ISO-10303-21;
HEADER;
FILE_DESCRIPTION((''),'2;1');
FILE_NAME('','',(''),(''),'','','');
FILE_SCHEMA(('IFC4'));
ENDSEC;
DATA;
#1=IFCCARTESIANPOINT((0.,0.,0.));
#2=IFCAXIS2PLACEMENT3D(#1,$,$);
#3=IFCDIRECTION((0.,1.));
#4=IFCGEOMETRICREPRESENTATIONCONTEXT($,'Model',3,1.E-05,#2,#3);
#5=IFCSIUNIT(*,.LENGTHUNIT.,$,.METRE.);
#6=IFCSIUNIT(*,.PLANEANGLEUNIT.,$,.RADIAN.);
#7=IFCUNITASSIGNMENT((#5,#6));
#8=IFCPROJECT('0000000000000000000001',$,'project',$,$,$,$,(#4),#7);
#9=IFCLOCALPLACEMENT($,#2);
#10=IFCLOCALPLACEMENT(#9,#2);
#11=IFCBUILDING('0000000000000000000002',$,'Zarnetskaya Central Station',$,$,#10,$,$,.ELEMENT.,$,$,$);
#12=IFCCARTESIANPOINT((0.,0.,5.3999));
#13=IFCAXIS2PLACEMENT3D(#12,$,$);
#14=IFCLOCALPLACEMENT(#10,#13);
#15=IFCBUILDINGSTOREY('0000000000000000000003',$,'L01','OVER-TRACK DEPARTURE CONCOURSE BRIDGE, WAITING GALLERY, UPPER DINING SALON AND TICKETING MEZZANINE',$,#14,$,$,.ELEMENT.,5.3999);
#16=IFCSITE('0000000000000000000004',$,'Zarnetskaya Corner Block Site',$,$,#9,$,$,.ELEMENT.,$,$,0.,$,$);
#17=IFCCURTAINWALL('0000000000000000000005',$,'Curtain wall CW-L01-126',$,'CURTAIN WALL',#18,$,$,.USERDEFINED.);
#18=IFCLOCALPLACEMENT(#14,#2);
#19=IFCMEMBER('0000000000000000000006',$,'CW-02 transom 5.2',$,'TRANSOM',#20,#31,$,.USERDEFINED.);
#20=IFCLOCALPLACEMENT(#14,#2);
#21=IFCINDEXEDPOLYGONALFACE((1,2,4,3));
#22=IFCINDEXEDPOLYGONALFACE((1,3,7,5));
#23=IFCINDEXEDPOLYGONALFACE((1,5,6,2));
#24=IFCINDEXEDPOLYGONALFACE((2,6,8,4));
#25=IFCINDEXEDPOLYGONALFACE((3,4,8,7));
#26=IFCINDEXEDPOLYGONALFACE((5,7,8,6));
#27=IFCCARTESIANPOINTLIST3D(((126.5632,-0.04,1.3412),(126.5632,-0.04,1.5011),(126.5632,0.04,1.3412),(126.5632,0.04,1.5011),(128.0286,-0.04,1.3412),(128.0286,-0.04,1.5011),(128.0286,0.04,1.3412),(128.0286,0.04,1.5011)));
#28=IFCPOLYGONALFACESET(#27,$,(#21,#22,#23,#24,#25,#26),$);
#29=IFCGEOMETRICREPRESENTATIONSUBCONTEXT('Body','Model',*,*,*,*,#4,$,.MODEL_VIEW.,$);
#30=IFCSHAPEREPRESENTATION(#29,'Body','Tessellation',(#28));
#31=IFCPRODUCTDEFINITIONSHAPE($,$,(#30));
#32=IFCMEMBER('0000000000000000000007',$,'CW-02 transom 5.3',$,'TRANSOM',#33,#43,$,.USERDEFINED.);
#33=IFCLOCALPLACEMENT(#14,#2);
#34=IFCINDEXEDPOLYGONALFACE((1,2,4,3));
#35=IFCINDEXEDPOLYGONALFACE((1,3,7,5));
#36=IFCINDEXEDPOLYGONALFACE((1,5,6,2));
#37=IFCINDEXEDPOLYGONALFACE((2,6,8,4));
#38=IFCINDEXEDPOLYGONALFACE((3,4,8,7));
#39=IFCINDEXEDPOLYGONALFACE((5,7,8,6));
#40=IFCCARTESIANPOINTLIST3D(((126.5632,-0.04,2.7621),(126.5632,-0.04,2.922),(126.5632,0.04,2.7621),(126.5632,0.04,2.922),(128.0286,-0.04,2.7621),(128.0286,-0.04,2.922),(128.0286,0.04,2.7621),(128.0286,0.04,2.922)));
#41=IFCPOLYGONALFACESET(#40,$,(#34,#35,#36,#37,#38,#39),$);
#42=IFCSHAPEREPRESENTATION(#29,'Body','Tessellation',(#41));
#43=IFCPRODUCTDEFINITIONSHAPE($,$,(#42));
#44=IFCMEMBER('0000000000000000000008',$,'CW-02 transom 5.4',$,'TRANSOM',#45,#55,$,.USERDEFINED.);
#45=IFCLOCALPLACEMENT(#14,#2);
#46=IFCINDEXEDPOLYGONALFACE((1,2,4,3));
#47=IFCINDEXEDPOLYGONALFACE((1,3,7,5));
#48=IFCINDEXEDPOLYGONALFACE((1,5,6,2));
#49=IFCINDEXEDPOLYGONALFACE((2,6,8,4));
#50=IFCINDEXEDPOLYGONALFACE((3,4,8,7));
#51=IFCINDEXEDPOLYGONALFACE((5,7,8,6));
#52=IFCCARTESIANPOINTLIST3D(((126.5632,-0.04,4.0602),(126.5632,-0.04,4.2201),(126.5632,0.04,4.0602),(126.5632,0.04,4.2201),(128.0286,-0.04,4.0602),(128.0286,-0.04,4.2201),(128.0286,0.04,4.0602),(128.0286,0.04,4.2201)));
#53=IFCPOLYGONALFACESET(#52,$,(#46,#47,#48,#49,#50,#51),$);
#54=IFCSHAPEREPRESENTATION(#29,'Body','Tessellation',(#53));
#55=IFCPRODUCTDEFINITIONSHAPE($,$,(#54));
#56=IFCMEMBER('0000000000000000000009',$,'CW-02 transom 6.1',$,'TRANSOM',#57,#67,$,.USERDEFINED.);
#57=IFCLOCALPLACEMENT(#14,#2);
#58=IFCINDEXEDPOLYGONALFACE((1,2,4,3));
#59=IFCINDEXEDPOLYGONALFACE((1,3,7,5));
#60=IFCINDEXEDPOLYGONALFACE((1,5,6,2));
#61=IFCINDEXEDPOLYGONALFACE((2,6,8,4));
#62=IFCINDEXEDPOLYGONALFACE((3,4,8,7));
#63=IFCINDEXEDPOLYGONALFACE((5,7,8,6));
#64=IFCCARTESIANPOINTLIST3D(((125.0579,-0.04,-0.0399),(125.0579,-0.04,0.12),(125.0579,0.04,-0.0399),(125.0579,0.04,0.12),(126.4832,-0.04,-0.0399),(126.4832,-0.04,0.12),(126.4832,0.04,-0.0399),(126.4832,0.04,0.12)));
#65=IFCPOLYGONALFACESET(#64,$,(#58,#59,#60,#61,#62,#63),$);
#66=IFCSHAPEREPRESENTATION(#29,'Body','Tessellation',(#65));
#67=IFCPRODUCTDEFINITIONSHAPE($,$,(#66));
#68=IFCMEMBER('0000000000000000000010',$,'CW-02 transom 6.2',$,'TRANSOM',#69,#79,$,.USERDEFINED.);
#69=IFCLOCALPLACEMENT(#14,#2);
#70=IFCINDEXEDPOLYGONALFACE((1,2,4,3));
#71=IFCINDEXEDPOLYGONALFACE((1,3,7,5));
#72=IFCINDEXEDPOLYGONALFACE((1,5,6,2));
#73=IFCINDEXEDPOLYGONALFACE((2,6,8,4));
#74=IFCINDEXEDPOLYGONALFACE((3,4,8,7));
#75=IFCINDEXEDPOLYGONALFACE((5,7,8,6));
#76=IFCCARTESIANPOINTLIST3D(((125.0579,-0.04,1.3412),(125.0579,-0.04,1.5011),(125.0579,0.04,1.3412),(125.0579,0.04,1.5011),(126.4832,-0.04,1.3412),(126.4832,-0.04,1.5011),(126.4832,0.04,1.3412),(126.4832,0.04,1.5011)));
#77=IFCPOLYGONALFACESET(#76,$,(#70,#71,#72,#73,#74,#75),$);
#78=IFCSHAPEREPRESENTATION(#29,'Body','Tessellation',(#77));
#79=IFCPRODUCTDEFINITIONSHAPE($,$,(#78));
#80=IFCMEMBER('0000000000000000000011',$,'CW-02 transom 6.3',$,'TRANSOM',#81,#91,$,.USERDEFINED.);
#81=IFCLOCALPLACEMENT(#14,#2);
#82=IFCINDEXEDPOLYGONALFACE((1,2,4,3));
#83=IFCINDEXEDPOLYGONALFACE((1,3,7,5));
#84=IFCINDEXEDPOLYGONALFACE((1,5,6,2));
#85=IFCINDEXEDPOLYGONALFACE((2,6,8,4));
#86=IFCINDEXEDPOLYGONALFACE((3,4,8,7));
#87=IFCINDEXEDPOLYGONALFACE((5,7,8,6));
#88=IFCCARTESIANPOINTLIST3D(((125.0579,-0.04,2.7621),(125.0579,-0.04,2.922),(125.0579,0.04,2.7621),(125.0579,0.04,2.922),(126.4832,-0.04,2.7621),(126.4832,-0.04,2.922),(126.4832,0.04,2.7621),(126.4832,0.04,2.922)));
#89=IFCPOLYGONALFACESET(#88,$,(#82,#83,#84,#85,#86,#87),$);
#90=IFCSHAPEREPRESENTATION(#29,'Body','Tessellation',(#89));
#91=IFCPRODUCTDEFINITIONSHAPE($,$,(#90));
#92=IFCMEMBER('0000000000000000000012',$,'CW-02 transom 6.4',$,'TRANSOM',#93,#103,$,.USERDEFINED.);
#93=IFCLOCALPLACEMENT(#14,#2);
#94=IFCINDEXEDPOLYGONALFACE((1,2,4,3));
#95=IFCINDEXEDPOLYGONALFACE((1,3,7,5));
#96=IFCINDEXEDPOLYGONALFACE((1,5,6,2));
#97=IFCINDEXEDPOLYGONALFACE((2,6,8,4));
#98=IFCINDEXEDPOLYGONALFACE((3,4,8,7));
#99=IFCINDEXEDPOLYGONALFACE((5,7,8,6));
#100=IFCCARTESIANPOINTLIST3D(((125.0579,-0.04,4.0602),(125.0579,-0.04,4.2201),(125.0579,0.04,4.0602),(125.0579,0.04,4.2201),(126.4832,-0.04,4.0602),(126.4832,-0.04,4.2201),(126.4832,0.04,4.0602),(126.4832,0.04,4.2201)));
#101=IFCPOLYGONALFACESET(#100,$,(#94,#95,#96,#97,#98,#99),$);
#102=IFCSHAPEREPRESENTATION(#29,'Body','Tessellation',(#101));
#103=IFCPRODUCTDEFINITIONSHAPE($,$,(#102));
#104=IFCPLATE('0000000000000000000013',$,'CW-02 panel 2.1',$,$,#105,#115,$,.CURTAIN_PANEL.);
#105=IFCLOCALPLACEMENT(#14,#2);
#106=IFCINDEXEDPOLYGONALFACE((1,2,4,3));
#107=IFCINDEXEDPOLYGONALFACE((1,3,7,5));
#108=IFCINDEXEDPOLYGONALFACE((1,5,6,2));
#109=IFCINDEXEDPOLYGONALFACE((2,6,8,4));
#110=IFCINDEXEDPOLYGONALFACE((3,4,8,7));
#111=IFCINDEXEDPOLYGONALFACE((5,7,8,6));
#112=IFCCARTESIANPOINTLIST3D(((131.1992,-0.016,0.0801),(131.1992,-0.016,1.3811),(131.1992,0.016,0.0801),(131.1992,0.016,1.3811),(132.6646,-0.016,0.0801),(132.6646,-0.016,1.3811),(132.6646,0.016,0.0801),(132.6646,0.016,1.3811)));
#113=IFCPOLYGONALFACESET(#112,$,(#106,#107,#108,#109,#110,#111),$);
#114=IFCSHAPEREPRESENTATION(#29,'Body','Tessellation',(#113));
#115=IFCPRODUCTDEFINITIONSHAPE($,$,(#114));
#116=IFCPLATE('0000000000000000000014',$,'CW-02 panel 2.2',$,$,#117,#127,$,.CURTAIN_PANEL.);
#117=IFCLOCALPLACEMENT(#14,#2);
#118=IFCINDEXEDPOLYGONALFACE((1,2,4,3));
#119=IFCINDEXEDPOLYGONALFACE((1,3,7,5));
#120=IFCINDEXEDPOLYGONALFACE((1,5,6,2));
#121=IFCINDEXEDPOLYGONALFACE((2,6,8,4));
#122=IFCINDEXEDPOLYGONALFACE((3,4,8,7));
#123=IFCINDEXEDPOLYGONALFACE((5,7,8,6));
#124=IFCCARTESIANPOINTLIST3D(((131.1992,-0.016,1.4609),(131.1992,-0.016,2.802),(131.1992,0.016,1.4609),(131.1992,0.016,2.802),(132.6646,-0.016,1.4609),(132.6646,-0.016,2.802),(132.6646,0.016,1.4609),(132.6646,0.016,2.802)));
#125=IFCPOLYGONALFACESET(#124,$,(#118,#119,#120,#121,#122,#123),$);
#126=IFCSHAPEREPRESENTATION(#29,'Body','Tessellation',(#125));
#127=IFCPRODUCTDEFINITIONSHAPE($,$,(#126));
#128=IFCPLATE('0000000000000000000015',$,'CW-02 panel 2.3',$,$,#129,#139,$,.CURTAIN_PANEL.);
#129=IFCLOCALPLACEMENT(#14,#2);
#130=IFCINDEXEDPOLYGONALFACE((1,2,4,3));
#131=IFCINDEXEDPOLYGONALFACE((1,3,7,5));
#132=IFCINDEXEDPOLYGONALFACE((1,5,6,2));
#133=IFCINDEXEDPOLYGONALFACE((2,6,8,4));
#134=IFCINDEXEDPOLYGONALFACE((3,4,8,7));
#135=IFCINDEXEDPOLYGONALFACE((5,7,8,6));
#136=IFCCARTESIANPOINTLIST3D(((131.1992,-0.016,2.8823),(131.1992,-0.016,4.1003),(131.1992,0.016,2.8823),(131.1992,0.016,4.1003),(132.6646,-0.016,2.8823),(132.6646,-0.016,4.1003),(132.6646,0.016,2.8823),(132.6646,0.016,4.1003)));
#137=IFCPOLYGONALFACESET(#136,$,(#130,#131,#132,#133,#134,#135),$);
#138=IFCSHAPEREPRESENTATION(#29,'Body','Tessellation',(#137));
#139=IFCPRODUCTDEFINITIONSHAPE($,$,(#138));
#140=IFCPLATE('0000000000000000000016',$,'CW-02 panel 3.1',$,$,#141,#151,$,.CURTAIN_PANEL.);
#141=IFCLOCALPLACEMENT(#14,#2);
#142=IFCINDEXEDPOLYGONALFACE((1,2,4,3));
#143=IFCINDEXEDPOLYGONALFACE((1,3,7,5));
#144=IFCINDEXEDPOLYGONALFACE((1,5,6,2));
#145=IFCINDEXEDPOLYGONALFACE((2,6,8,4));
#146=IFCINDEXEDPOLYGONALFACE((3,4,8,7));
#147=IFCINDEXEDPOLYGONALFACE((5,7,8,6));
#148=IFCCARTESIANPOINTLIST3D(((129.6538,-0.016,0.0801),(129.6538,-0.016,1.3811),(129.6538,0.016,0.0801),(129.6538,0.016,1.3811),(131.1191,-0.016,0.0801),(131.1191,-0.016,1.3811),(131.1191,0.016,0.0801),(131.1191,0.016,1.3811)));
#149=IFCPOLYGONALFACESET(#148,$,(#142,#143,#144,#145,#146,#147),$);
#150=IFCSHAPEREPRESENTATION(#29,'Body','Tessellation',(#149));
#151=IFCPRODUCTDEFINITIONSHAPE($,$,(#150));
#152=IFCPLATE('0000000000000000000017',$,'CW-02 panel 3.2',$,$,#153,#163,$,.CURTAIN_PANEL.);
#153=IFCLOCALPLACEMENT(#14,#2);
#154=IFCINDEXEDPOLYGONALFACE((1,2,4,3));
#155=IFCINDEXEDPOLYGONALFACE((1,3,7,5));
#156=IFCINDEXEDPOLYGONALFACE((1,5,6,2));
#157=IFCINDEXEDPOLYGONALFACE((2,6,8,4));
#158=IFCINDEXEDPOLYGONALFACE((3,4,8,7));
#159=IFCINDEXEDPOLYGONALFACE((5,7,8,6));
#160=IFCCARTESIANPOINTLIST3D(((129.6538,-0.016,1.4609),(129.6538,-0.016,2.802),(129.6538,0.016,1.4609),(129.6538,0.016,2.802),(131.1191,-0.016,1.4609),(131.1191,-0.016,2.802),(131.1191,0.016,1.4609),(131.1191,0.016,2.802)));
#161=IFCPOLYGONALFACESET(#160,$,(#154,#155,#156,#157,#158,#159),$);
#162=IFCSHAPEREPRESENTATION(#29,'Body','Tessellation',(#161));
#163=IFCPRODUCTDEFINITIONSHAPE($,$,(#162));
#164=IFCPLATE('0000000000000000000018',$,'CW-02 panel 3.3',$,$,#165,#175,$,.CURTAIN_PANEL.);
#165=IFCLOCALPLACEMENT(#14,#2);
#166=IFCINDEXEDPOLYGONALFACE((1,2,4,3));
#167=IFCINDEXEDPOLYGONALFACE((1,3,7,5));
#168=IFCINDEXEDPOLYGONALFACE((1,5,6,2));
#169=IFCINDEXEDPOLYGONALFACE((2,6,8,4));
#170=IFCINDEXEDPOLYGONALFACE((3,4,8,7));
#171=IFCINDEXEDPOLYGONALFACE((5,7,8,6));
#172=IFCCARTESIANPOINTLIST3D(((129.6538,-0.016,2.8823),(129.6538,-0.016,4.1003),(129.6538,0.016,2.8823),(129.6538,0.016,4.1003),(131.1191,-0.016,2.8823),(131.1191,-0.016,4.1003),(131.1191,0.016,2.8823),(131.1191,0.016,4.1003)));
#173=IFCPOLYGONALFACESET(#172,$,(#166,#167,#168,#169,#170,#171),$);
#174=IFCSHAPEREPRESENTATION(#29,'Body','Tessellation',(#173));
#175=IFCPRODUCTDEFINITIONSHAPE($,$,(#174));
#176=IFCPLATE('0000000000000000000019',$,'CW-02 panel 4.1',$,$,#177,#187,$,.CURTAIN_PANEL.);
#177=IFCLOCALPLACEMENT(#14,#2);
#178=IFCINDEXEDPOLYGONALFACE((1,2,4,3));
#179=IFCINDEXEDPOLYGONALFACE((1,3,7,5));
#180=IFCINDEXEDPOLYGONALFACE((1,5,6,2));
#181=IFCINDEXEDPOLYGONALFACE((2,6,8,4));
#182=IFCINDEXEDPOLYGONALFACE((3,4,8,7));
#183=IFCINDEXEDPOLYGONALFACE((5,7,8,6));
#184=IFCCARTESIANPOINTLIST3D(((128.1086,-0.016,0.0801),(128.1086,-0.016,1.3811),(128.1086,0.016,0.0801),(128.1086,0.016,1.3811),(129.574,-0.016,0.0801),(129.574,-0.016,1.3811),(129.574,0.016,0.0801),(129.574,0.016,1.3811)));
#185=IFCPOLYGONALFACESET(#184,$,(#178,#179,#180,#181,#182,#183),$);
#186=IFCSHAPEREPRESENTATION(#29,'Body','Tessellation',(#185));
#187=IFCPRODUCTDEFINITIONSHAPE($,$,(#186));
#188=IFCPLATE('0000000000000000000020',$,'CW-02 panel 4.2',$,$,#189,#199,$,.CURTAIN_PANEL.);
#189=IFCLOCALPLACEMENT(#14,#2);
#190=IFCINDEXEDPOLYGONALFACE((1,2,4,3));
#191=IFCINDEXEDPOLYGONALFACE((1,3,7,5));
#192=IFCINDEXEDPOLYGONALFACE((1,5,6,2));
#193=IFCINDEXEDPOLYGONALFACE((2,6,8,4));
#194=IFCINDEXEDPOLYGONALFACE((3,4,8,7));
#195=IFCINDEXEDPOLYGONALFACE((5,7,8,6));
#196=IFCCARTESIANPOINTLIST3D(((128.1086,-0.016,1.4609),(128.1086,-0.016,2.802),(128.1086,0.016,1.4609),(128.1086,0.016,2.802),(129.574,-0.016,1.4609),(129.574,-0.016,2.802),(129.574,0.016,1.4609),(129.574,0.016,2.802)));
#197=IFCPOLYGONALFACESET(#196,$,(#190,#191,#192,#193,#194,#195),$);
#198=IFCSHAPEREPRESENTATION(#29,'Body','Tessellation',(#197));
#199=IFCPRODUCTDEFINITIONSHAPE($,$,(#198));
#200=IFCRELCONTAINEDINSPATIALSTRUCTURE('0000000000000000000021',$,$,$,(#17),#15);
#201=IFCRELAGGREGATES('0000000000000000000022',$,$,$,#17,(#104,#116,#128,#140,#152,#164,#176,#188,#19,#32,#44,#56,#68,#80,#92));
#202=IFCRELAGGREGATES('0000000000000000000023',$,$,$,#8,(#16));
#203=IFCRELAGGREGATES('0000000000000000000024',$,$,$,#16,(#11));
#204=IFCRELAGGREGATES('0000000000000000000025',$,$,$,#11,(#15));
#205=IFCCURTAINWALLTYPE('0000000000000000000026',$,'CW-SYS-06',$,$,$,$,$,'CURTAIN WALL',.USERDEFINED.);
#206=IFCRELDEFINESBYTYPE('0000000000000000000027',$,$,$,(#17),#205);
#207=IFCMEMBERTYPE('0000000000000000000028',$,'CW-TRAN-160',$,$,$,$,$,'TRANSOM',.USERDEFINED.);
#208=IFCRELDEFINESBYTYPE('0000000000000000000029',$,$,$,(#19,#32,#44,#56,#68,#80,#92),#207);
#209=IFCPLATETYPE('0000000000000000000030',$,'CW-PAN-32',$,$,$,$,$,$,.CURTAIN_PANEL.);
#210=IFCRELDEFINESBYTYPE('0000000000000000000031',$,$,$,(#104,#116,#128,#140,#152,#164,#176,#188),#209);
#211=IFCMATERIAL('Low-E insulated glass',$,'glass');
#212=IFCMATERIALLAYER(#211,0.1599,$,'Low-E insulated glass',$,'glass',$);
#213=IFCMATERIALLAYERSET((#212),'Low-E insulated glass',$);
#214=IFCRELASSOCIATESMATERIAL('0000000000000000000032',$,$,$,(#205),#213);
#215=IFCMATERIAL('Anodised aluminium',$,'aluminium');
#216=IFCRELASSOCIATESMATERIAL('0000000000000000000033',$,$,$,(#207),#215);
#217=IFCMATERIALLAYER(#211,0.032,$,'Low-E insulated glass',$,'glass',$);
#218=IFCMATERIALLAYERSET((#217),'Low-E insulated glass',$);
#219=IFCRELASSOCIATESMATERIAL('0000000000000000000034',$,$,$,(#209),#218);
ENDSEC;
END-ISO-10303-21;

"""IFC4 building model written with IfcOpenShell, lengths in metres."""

from ifc_helpers import new_model, si_unit, direction, frame, origin, origin_2d, place, context, subcontext, project, spatial, rectangle, extrude, material, layer, layer_set, material_profile, profile_set, type_object, element, aggregate, save


model = new_model("IFC4")

# Units and contexts
model_context = context("Model", 3, precision=1e-05, world=origin(), true_north=direction((0.0, 1.0)))
body_context = subcontext(model_context, "Body", "Model", "MODEL_VIEW")
ifc_project = project(units=[si_unit("LENGTHUNIT", "METRE"), si_unit("PLANEANGLEUNIT", "RADIAN")], contexts=[model_context])

# Site, building, storey
site_placement = place(None, origin())
site = spatial("IfcSite", under=ifc_project, at=site_placement, Name="Zarnetskaya Corner Block Site", CompositionType="ELEMENT", RefElevation=0.0)
building_placement = place(site_placement, origin())
building = spatial("IfcBuilding", under=site, at=building_placement, Name="Zarnetskaya Central Station", CompositionType="ELEMENT")
storey_placement = place(building_placement, frame((0.0, 0.0, 5.3999)))
storey = spatial("IfcBuildingStorey", under=building, at=storey_placement, Name="L01", Description="OVER-TRACK DEPARTURE CONCOURSE BRIDGE, WAITING GALLERY, UPPER DINING SALON AND TICKETING MEZZANINE", CompositionType="ELEMENT", Elevation=5.3999)

# Curtain wall, members, plates
ifc_material_1 = material(Name="Low-E insulated glass", Category="glass")
ifc_layer_1 = layer(ifc_material_1, 0.1599, Name="Low-E insulated glass", Category="glass")
ifc_layer_set_1 = layer_set([ifc_layer_1], Name="Low-E insulated glass")
curtain_wall_type = type_object("IfcCurtainWallType", Name="CW-SYS-06", ElementType="CURTAIN WALL", PredefinedType="USERDEFINED", material=ifc_layer_set_1)
curtain_wall_placement = place(storey_placement, origin())
curtain_wall = element("IfcCurtainWall", 1, at=curtain_wall_placement, inside=storey, type_object=curtain_wall_type, Name="Curtain wall CW-L01-126", ObjectType="CURTAIN WALL", PredefinedType="USERDEFINED")
ifc_material_2 = material(Name="Anodised aluminium", Category="aluminium")
ifc_material_profile_1 = material_profile(ifc_material_2, rectangle(XDim=0.0801, YDim=0.1599, at=origin_2d()), Name="ALU TRAN 80x160")
ifc_profile_set_1 = profile_set([ifc_material_profile_1], Name="Anodised aluminium")
member_type_1 = type_object("IfcMemberType", Name="CW-TRAN-160", ElementType="TRANSOM", PredefinedType="USERDEFINED", material=ifc_profile_set_1)
member_1_placement = place(storey_placement, frame((128.0286, 0.0, 1.4211), z_axis=(-1.0, 0.0, 0.0), x_axis=(0.0, -1.0, 0.0)))
member_1 = element("IfcMember", 2, at=member_1_placement, type_object=member_type_1, Name="CW-02 transom 5.2", ObjectType="TRANSOM", PredefinedType="USERDEFINED", context=body_context, shape_type="SweptSolid", body=[
    extrude(rectangle(XDim=0.0801, YDim=0.1599, at=origin_2d()), origin(), (0.0, 0.0, 1.0), 1.4653),
])
member_2_placement = place(storey_placement, frame((128.0286, 0.0, 2.842), z_axis=(-1.0, 0.0, 0.0), x_axis=(0.0, -1.0, 0.0)))
member_2 = element("IfcMember", 3, at=member_2_placement, type_object=member_type_1, Name="CW-02 transom 5.3", ObjectType="TRANSOM", PredefinedType="USERDEFINED", context=body_context, shape_type="SweptSolid", body=[
    extrude(rectangle(XDim=0.0801, YDim=0.1599, at=origin_2d()), origin(), (0.0, 0.0, 1.0), 1.4653),
])
member_3_placement = place(storey_placement, frame((128.0286, 0.0, 4.1401), z_axis=(-1.0, 0.0, 0.0), x_axis=(0.0, -1.0, 0.0)))
member_3 = element("IfcMember", 4, at=member_3_placement, type_object=member_type_1, Name="CW-02 transom 5.4", ObjectType="TRANSOM", PredefinedType="USERDEFINED", context=body_context, shape_type="SweptSolid", body=[
    extrude(rectangle(XDim=0.0801, YDim=0.1599, at=origin_2d()), origin(), (0.0, 0.0, 1.0), 1.4653),
])
member_4_placement = place(storey_placement, frame((126.4832, 0.0, 0.04), z_axis=(-1.0, 0.0, 0.0), x_axis=(0.0, -1.0, 0.0)))
member_4 = element("IfcMember", 5, at=member_4_placement, type_object=member_type_1, Name="CW-02 transom 6.1", ObjectType="TRANSOM", PredefinedType="USERDEFINED", context=body_context, shape_type="SweptSolid", body=[
    extrude(rectangle(XDim=0.0801, YDim=0.1599, at=origin_2d()), origin(), (0.0, 0.0, 1.0), 1.4253),
])
member_5_placement = place(storey_placement, frame((126.4832, 0.0, 1.4211), z_axis=(-1.0, 0.0, 0.0), x_axis=(0.0, -1.0, 0.0)))
member_5 = element("IfcMember", 6, at=member_5_placement, type_object=member_type_1, Name="CW-02 transom 6.2", ObjectType="TRANSOM", PredefinedType="USERDEFINED", context=body_context, shape_type="SweptSolid", body=[
    extrude(rectangle(XDim=0.0801, YDim=0.1599, at=origin_2d()), origin(), (0.0, 0.0, 1.0), 1.4253),
])
member_6_placement = place(storey_placement, frame((126.4832, 0.0, 2.842), z_axis=(-1.0, 0.0, 0.0), x_axis=(0.0, -1.0, 0.0)))
member_6 = element("IfcMember", 7, at=member_6_placement, type_object=member_type_1, Name="CW-02 transom 6.3", ObjectType="TRANSOM", PredefinedType="USERDEFINED", context=body_context, shape_type="SweptSolid", body=[
    extrude(rectangle(XDim=0.0801, YDim=0.1599, at=origin_2d()), origin(), (0.0, 0.0, 1.0), 1.4253),
])
member_7_placement = place(storey_placement, frame((126.4832, 0.0, 4.1401), z_axis=(-1.0, 0.0, 0.0), x_axis=(0.0, -1.0, 0.0)))
member_7 = element("IfcMember", 8, at=member_7_placement, type_object=member_type_1, Name="CW-02 transom 6.4", ObjectType="TRANSOM", PredefinedType="USERDEFINED", context=body_context, shape_type="SweptSolid", body=[
    extrude(rectangle(XDim=0.0801, YDim=0.1599, at=origin_2d()), origin(), (0.0, 0.0, 1.0), 1.4253),
])
ifc_layer_2 = layer(ifc_material_1, 0.032, Name="Low-E insulated glass", Category="glass")
ifc_layer_set_2 = layer_set([ifc_layer_2], Name="Low-E insulated glass")
plate_type = type_object("IfcPlateType", Name="CW-PAN-32", PredefinedType="CURTAIN_PANEL", material=ifc_layer_set_2)
plate_1_placement = place(storey_placement, frame((131.9319, 0.0, 0.0801), z_axis=(0.0, 0.0, 1.0), x_axis=(-1.0, 0.0, 0.0)))
plate_1 = element("IfcPlate", 9, at=plate_1_placement, type_object=plate_type, Name="CW-02 panel 2.1", PredefinedType="CURTAIN_PANEL", context=body_context, shape_type="SweptSolid", body=[
    extrude(rectangle(XDim=1.4653, YDim=0.032, at=origin_2d()), origin(), (0.0, 0.0, 1.0), 1.301),
])
plate_2_placement = place(storey_placement, frame((131.9319, 0.0, 1.4609), z_axis=(0.0, 0.0, 1.0), x_axis=(-1.0, 0.0, 0.0)))
plate_2 = element("IfcPlate", 10, at=plate_2_placement, type_object=plate_type, Name="CW-02 panel 2.2", PredefinedType="CURTAIN_PANEL", context=body_context, shape_type="SweptSolid", body=[
    extrude(rectangle(XDim=1.4653, YDim=0.032, at=origin_2d()), origin(), (0.0, 0.0, 1.0), 1.3411),
])
plate_3_placement = place(storey_placement, frame((131.9319, 0.0, 2.8823), z_axis=(0.0, 0.0, 1.0), x_axis=(-1.0, 0.0, 0.0)))
plate_3 = element("IfcPlate", 11, at=plate_3_placement, type_object=plate_type, Name="CW-02 panel 2.3", PredefinedType="CURTAIN_PANEL", context=body_context, shape_type="SweptSolid", body=[
    extrude(rectangle(XDim=1.4653, YDim=0.032, at=origin_2d()), origin(), (0.0, 0.0, 1.0), 1.218),
])
plate_4_placement = place(storey_placement, frame((130.3865, 0.0, 0.0801), z_axis=(0.0, 0.0, 1.0), x_axis=(-1.0, 0.0, 0.0)))
plate_4 = element("IfcPlate", 12, at=plate_4_placement, type_object=plate_type, Name="CW-02 panel 3.1", PredefinedType="CURTAIN_PANEL", context=body_context, shape_type="SweptSolid", body=[
    extrude(rectangle(XDim=1.4653, YDim=0.032, at=origin_2d()), origin(), (0.0, 0.0, 1.0), 1.301),
])
plate_5_placement = place(storey_placement, frame((130.3865, 0.0, 1.4609), z_axis=(0.0, 0.0, 1.0), x_axis=(-1.0, 0.0, 0.0)))
plate_5 = element("IfcPlate", 13, at=plate_5_placement, type_object=plate_type, Name="CW-02 panel 3.2", PredefinedType="CURTAIN_PANEL", context=body_context, shape_type="SweptSolid", body=[
    extrude(rectangle(XDim=1.4653, YDim=0.032, at=origin_2d()), origin(), (0.0, 0.0, 1.0), 1.3411),
])
plate_6_placement = place(storey_placement, frame((130.3865, 0.0, 2.8823), z_axis=(0.0, 0.0, 1.0), x_axis=(-1.0, 0.0, 0.0)))
plate_6 = element("IfcPlate", 14, at=plate_6_placement, type_object=plate_type, Name="CW-02 panel 3.3", PredefinedType="CURTAIN_PANEL", context=body_context, shape_type="SweptSolid", body=[
    extrude(rectangle(XDim=1.4653, YDim=0.032, at=origin_2d()), origin(), (0.0, 0.0, 1.0), 1.218),
])
plate_7_placement = place(storey_placement, frame((128.8413, 0.0, 0.0801), z_axis=(0.0, 0.0, 1.0), x_axis=(-1.0, 0.0, 0.0)))
plate_7 = element("IfcPlate", 15, at=plate_7_placement, type_object=plate_type, Name="CW-02 panel 4.1", PredefinedType="CURTAIN_PANEL", context=body_context, shape_type="SweptSolid", body=[
    extrude(rectangle(XDim=1.4653, YDim=0.032, at=origin_2d()), origin(), (0.0, 0.0, 1.0), 1.301),
])
plate_8_placement = place(storey_placement, frame((128.8413, 0.0, 1.4609), z_axis=(0.0, 0.0, 1.0), x_axis=(-1.0, 0.0, 0.0)))
plate_8 = element("IfcPlate", 16, at=plate_8_placement, type_object=plate_type, Name="CW-02 panel 4.2", PredefinedType="CURTAIN_PANEL", context=body_context, shape_type="SweptSolid", body=[
    extrude(rectangle(XDim=1.4653, YDim=0.032, at=origin_2d()), origin(), (0.0, 0.0, 1.0), 1.3411),
])
aggregate(curtain_wall, [plate_1, plate_2, plate_3, plate_4, plate_5, plate_6, plate_7, plate_8, member_1, member_2, member_3, member_4, member_5, member_6, member_7])

save(model, "model.ifc")
